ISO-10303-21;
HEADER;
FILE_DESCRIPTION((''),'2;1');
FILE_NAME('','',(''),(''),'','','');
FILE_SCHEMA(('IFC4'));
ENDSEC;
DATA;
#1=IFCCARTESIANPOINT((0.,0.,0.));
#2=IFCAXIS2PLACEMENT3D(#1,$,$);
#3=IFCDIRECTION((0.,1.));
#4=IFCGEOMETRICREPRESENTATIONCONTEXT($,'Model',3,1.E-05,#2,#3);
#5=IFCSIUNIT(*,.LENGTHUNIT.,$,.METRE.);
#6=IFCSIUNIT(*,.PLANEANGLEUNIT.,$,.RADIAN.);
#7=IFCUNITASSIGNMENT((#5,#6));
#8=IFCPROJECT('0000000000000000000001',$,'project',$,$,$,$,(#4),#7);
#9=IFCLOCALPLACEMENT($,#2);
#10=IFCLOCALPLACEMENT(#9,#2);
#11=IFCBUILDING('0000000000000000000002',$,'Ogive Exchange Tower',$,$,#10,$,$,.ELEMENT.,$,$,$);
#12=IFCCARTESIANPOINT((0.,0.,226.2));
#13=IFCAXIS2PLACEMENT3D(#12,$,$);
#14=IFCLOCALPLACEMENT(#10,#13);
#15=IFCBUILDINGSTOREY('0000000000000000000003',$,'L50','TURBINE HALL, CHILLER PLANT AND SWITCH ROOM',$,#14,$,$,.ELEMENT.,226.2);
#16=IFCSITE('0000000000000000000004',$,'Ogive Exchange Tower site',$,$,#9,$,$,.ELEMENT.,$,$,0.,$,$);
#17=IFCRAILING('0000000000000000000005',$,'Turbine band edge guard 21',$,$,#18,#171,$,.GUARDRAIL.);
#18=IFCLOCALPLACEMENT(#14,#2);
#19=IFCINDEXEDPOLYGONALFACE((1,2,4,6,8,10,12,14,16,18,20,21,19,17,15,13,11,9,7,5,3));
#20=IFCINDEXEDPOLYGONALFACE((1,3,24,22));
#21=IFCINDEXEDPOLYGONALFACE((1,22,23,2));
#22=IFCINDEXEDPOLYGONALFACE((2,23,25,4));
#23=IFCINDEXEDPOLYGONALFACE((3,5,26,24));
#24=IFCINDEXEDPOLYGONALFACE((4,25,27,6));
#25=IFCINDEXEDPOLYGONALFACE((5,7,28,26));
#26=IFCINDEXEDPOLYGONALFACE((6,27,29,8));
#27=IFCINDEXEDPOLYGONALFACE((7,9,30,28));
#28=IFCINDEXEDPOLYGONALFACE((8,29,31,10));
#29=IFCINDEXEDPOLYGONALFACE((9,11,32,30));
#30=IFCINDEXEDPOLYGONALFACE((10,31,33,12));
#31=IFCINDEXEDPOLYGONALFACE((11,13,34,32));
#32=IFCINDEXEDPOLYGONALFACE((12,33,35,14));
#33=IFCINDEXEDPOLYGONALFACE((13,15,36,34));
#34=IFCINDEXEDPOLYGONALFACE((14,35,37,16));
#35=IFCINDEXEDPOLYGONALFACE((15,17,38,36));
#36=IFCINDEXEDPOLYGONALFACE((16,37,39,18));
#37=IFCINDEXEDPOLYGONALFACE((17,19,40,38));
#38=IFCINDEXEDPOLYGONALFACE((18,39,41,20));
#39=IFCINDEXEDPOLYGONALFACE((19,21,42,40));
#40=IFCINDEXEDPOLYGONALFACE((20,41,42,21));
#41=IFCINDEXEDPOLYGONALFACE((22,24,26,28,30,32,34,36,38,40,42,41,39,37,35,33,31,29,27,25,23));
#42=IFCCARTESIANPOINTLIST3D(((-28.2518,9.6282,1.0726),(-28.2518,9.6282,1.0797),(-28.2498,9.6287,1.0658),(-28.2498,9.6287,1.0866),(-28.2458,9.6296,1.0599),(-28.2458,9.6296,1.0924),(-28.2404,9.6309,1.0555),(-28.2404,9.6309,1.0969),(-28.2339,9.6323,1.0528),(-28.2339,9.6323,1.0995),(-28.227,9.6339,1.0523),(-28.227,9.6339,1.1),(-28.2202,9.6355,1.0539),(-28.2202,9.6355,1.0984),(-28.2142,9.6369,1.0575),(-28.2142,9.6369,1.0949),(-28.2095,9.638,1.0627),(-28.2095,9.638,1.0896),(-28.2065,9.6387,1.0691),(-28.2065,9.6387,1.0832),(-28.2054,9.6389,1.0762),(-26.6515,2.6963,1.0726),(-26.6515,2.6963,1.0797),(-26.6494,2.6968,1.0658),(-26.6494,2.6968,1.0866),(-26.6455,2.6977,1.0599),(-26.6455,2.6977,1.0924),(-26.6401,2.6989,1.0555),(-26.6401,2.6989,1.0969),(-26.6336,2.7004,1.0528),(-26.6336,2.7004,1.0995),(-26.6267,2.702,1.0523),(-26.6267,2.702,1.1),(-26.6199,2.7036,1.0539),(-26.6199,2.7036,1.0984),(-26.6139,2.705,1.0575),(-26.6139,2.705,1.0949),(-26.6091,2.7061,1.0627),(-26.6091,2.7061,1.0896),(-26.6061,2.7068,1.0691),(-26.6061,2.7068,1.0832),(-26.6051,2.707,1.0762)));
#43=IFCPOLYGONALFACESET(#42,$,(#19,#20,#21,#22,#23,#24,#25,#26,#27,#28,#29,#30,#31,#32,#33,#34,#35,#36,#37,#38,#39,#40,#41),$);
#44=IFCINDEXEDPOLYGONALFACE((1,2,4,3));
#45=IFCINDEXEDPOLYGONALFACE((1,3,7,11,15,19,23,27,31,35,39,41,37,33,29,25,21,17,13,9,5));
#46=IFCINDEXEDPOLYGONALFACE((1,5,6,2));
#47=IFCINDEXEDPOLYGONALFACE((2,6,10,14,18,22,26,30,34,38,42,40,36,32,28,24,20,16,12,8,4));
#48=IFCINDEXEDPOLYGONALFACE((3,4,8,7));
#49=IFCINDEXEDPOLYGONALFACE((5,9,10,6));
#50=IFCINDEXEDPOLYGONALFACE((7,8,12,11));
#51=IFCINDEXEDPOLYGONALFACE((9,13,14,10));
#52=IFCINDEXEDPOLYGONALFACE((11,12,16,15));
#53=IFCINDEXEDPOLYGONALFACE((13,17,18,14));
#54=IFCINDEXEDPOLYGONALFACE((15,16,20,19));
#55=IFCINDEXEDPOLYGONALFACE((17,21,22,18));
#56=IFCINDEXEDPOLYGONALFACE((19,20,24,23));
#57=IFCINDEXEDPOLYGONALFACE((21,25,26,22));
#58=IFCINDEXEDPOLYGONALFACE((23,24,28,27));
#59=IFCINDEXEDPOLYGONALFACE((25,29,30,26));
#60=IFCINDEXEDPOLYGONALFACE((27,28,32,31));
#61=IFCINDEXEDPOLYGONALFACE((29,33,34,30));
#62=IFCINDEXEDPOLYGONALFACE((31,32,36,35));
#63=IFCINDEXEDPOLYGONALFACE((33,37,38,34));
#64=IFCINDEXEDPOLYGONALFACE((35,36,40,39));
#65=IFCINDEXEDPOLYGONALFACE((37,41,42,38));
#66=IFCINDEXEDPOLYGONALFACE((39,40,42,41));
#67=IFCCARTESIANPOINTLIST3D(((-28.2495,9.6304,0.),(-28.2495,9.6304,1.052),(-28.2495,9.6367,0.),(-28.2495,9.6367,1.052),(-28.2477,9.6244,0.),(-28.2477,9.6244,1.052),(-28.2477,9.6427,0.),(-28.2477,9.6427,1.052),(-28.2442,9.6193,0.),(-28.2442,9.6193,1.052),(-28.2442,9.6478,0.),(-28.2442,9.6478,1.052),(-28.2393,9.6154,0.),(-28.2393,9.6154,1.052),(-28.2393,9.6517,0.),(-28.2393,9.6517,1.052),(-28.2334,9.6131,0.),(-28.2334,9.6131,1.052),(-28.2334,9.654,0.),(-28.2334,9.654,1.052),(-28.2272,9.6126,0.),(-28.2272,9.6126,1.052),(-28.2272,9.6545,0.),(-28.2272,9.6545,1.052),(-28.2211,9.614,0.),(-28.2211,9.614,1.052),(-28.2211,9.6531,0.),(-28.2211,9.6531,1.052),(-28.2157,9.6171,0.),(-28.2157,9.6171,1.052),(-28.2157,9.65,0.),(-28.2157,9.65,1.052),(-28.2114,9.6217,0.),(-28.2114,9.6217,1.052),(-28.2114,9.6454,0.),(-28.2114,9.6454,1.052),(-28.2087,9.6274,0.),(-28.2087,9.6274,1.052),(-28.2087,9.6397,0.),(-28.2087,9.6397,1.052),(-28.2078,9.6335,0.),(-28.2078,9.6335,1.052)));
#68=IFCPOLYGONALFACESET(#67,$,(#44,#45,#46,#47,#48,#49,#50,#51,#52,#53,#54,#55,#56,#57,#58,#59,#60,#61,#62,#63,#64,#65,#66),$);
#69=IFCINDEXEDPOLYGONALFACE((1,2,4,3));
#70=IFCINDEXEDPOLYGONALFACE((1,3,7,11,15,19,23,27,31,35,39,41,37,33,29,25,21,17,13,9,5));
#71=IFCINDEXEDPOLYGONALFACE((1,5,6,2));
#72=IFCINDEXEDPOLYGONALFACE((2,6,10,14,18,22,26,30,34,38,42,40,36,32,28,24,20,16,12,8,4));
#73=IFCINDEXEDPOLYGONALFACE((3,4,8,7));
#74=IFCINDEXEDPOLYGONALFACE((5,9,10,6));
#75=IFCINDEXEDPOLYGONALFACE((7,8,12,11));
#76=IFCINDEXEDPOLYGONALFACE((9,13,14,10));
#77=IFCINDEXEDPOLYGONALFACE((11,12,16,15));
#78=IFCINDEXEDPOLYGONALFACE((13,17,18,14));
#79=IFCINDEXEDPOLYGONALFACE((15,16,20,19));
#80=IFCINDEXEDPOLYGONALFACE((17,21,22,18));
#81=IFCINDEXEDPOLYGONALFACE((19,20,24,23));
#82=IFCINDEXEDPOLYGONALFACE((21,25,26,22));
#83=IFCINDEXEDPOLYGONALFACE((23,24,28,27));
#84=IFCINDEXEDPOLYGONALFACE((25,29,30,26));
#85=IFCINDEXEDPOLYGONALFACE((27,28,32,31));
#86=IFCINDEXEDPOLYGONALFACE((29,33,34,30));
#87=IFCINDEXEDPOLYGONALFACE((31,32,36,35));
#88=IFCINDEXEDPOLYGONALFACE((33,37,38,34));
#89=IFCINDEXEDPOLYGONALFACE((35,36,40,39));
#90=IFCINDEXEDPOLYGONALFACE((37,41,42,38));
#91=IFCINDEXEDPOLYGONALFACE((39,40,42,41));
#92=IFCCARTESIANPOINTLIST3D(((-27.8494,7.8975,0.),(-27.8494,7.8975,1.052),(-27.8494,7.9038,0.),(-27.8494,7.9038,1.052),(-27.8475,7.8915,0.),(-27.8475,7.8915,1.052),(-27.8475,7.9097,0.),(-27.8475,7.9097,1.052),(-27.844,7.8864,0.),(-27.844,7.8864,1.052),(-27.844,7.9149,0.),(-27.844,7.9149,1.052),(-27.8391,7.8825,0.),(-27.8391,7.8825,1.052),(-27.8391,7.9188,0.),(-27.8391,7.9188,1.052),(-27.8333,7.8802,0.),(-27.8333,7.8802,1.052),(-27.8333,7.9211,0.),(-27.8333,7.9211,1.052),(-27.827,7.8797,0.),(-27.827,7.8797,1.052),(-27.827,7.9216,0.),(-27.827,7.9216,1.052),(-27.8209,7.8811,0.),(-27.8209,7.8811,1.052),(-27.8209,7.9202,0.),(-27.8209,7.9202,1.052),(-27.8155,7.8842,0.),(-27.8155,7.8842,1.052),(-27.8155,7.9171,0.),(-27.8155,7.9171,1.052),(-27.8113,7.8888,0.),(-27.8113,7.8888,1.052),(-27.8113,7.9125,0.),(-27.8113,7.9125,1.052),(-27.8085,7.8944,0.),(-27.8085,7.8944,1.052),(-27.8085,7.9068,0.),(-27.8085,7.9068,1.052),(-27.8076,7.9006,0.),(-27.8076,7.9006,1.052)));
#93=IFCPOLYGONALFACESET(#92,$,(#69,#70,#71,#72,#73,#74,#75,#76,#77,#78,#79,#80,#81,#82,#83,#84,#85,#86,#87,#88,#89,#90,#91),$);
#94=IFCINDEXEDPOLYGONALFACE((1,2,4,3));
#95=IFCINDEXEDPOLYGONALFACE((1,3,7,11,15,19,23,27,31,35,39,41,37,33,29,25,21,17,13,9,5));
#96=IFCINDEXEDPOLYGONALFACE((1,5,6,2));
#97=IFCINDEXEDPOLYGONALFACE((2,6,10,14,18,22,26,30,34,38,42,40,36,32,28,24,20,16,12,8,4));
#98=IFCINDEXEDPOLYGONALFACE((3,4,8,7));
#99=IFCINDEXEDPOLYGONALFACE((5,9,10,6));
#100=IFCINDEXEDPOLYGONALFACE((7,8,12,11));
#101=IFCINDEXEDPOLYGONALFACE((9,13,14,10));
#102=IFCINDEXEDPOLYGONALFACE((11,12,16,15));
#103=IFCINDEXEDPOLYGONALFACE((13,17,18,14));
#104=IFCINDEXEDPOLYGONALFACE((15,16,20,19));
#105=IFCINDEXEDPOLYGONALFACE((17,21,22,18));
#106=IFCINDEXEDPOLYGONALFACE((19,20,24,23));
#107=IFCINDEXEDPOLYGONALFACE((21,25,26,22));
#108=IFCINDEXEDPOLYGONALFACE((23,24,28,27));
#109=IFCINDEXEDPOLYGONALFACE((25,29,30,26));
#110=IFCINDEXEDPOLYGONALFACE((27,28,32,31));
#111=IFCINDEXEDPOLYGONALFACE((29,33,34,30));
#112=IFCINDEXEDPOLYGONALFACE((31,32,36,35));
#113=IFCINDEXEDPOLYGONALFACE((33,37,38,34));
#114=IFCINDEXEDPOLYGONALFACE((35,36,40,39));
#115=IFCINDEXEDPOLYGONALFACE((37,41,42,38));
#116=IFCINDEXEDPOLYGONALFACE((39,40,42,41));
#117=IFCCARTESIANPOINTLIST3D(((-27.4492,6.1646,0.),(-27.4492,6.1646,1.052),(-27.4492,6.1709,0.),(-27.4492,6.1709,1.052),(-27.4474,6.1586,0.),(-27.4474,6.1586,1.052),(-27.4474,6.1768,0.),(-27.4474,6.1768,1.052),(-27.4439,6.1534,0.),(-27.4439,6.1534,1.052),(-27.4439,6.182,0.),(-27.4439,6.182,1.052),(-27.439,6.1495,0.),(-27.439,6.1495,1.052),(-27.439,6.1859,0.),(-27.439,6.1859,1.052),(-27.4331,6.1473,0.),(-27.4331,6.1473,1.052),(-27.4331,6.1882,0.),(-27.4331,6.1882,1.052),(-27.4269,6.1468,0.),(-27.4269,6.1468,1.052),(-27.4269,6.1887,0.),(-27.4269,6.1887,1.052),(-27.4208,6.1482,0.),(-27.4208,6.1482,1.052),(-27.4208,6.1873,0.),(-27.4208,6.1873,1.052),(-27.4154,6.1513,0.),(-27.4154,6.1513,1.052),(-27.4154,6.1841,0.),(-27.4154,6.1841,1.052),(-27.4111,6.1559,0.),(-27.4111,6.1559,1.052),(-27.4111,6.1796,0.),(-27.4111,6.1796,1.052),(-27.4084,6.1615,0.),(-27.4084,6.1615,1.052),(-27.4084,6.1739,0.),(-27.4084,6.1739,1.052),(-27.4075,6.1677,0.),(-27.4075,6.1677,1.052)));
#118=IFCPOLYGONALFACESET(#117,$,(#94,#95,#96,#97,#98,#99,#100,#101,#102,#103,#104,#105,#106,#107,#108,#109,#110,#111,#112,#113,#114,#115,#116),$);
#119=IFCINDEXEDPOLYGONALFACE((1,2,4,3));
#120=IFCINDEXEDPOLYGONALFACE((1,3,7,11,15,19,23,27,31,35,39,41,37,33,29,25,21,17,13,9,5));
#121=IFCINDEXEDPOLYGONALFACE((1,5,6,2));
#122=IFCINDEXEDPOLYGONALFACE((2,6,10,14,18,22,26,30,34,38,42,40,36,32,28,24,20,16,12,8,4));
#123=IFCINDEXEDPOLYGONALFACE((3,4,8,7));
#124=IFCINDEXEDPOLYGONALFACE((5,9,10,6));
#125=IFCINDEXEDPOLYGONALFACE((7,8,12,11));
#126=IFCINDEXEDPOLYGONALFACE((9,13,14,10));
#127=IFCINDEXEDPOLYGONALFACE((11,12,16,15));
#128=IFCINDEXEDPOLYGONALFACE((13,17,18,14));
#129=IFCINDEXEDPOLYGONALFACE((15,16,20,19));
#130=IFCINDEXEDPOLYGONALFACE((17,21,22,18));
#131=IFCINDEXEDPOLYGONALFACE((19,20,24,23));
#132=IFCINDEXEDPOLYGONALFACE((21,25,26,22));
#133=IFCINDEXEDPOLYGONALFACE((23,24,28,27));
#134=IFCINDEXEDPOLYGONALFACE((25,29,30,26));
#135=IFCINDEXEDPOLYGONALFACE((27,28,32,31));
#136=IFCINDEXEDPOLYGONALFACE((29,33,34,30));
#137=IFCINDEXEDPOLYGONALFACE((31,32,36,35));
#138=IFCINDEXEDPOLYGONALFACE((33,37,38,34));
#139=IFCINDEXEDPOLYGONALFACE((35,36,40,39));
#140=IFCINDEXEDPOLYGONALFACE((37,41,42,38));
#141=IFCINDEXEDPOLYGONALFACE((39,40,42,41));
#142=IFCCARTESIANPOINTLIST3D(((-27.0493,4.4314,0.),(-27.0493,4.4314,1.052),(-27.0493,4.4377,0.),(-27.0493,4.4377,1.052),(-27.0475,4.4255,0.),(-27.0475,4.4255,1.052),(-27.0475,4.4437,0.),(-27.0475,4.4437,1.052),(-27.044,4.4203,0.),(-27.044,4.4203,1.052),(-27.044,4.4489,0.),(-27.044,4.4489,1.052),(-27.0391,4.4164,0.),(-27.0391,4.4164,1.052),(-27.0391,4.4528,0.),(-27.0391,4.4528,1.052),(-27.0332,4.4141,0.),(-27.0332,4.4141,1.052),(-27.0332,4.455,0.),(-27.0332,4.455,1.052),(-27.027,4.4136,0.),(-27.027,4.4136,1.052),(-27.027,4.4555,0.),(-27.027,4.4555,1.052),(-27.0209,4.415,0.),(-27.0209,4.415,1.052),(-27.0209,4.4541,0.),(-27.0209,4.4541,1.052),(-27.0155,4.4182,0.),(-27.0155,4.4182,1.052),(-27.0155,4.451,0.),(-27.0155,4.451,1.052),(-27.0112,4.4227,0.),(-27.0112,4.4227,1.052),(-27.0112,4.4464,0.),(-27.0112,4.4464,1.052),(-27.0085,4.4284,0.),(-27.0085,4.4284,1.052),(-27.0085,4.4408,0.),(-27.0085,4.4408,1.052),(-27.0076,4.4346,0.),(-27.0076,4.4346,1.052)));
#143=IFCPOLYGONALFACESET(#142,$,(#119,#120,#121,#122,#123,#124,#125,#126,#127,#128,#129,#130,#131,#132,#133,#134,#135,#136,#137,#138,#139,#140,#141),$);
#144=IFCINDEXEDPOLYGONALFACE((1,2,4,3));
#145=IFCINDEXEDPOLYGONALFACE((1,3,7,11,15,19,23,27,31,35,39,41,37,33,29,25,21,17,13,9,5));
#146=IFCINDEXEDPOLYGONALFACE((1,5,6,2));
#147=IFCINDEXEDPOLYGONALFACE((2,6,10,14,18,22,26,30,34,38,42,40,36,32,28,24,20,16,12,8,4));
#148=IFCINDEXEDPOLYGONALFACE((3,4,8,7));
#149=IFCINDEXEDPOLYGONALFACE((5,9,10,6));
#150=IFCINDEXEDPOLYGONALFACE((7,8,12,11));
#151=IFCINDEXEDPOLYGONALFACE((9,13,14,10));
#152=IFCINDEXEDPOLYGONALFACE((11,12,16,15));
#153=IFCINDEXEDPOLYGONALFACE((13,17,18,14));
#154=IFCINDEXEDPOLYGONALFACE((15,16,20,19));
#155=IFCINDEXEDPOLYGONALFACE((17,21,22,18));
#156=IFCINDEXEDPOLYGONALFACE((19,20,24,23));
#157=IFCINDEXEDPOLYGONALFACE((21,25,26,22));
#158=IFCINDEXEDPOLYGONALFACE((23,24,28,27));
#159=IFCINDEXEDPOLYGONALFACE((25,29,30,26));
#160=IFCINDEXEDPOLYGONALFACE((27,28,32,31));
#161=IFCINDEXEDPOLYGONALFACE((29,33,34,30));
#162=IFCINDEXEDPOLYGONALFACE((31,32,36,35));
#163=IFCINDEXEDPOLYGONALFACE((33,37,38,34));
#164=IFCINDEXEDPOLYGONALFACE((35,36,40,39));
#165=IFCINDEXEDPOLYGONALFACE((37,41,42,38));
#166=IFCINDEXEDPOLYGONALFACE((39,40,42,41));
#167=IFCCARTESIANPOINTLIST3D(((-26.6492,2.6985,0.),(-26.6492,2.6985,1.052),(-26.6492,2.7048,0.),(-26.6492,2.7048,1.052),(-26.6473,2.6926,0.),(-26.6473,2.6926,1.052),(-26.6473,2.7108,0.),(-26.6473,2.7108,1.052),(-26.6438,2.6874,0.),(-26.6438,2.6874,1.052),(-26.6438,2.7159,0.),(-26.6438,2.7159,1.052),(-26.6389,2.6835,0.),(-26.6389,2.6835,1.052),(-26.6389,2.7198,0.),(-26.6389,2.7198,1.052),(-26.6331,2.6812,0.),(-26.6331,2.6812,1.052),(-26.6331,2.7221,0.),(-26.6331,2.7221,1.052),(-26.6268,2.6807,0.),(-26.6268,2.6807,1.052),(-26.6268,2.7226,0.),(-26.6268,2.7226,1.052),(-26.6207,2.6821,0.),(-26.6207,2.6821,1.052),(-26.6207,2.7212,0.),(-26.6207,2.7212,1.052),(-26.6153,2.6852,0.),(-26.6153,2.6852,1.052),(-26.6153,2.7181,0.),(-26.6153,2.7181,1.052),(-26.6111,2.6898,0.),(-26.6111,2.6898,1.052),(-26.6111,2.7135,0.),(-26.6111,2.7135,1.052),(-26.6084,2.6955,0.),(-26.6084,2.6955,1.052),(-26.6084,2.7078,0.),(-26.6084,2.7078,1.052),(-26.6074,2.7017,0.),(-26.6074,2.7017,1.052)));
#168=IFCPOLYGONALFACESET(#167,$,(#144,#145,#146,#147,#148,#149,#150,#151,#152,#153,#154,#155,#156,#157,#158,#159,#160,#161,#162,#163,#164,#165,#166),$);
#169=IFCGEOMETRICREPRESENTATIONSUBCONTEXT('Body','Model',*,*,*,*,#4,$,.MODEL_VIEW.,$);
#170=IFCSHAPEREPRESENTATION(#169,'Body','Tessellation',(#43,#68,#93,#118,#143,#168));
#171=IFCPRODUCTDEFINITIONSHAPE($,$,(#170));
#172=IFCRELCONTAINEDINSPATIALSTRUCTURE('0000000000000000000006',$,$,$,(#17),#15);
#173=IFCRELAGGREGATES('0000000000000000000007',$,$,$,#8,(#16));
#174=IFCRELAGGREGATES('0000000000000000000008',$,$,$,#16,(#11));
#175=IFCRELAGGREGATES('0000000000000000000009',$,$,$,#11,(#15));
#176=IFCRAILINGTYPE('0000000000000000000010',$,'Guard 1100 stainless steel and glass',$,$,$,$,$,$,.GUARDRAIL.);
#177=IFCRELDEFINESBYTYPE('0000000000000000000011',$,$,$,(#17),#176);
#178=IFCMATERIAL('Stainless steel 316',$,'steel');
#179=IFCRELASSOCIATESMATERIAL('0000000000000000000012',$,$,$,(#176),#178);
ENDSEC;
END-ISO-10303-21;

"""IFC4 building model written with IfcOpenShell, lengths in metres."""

from ifc_helpers import new_model, si_unit, direction, frame, origin, origin_2d, place, context, subcontext, project, spatial, circle, extrude, material, type_object, element, save


model = new_model("IFC4")

# Units and contexts
model_context = context("Model", 3, precision=1e-05, world=origin(), true_north=direction((0.0, 1.0)))
body_context = subcontext(model_context, "Body", "Model", "MODEL_VIEW")
ifc_project = project(units=[si_unit("LENGTHUNIT", "METRE"), si_unit("PLANEANGLEUNIT", "RADIAN")], contexts=[model_context])

# Site, building, storey
site_placement = place(None, origin())
site = spatial("IfcSite", under=ifc_project, at=site_placement, Name="Ogive Exchange Tower site", CompositionType="ELEMENT", RefElevation=0.0)
building_placement = place(site_placement, origin())
building = spatial("IfcBuilding", under=site, at=building_placement, Name="Ogive Exchange Tower", CompositionType="ELEMENT")
storey_placement = place(building_placement, frame((0.0, 0.0, 226.2)))
storey = spatial("IfcBuildingStorey", under=building, at=storey_placement, Name="L50", Description="TURBINE HALL, CHILLER PLANT AND SWITCH ROOM", CompositionType="ELEMENT", Elevation=226.2)

# Railing
ifc_material_1 = material(Name="Stainless steel 316", Category="steel")
railing_type_1 = type_object("IfcRailingType", Name="Guard 1100 stainless steel and glass", PredefinedType="GUARDRAIL", material=ifc_material_1)
for number, where, name in (
    (1, (-28.2288, 9.6335, 0.0), "Turbine band edge guard 21"),
):
    element("IfcRailing", number, at=place(storey_placement, frame(where)), inside=storey, type_object=railing_type_1, Name=name, PredefinedType="GUARDRAIL", context=body_context, shape_type="SweptSolid", body=[
        extrude(circle(Radius=0.0239, at=origin_2d()), frame((0.0, 0.0, 1.0762), z_axis=(0.22495, -0.97437, 0.0), x_axis=(0.97437, 0.22495, 0.0)), (0.0, 0.0, 1.0), 7.1143),
        extrude(circle(Radius=0.021, at=origin_2d()), origin(), (0.0, 0.0, 1.0), 1.052),
        extrude(circle(Radius=0.021, at=origin_2d()), frame((0.4001, -1.7329, 0.0)), (0.0, 0.0, 1.0), 1.052),
        extrude(circle(Radius=0.021, at=origin_2d()), frame((0.8003, -3.4658, 0.0)), (0.0, 0.0, 1.0), 1.052),
        extrude(circle(Radius=0.021, at=origin_2d()), frame((1.2002, -5.199, 0.0)), (0.0, 0.0, 1.0), 1.052),
        extrude(circle(Radius=0.021, at=origin_2d()), frame((1.6003, -6.9319, 0.0)), (0.0, 0.0, 1.0), 1.052),
    ])

save(model, "model.ifc")
